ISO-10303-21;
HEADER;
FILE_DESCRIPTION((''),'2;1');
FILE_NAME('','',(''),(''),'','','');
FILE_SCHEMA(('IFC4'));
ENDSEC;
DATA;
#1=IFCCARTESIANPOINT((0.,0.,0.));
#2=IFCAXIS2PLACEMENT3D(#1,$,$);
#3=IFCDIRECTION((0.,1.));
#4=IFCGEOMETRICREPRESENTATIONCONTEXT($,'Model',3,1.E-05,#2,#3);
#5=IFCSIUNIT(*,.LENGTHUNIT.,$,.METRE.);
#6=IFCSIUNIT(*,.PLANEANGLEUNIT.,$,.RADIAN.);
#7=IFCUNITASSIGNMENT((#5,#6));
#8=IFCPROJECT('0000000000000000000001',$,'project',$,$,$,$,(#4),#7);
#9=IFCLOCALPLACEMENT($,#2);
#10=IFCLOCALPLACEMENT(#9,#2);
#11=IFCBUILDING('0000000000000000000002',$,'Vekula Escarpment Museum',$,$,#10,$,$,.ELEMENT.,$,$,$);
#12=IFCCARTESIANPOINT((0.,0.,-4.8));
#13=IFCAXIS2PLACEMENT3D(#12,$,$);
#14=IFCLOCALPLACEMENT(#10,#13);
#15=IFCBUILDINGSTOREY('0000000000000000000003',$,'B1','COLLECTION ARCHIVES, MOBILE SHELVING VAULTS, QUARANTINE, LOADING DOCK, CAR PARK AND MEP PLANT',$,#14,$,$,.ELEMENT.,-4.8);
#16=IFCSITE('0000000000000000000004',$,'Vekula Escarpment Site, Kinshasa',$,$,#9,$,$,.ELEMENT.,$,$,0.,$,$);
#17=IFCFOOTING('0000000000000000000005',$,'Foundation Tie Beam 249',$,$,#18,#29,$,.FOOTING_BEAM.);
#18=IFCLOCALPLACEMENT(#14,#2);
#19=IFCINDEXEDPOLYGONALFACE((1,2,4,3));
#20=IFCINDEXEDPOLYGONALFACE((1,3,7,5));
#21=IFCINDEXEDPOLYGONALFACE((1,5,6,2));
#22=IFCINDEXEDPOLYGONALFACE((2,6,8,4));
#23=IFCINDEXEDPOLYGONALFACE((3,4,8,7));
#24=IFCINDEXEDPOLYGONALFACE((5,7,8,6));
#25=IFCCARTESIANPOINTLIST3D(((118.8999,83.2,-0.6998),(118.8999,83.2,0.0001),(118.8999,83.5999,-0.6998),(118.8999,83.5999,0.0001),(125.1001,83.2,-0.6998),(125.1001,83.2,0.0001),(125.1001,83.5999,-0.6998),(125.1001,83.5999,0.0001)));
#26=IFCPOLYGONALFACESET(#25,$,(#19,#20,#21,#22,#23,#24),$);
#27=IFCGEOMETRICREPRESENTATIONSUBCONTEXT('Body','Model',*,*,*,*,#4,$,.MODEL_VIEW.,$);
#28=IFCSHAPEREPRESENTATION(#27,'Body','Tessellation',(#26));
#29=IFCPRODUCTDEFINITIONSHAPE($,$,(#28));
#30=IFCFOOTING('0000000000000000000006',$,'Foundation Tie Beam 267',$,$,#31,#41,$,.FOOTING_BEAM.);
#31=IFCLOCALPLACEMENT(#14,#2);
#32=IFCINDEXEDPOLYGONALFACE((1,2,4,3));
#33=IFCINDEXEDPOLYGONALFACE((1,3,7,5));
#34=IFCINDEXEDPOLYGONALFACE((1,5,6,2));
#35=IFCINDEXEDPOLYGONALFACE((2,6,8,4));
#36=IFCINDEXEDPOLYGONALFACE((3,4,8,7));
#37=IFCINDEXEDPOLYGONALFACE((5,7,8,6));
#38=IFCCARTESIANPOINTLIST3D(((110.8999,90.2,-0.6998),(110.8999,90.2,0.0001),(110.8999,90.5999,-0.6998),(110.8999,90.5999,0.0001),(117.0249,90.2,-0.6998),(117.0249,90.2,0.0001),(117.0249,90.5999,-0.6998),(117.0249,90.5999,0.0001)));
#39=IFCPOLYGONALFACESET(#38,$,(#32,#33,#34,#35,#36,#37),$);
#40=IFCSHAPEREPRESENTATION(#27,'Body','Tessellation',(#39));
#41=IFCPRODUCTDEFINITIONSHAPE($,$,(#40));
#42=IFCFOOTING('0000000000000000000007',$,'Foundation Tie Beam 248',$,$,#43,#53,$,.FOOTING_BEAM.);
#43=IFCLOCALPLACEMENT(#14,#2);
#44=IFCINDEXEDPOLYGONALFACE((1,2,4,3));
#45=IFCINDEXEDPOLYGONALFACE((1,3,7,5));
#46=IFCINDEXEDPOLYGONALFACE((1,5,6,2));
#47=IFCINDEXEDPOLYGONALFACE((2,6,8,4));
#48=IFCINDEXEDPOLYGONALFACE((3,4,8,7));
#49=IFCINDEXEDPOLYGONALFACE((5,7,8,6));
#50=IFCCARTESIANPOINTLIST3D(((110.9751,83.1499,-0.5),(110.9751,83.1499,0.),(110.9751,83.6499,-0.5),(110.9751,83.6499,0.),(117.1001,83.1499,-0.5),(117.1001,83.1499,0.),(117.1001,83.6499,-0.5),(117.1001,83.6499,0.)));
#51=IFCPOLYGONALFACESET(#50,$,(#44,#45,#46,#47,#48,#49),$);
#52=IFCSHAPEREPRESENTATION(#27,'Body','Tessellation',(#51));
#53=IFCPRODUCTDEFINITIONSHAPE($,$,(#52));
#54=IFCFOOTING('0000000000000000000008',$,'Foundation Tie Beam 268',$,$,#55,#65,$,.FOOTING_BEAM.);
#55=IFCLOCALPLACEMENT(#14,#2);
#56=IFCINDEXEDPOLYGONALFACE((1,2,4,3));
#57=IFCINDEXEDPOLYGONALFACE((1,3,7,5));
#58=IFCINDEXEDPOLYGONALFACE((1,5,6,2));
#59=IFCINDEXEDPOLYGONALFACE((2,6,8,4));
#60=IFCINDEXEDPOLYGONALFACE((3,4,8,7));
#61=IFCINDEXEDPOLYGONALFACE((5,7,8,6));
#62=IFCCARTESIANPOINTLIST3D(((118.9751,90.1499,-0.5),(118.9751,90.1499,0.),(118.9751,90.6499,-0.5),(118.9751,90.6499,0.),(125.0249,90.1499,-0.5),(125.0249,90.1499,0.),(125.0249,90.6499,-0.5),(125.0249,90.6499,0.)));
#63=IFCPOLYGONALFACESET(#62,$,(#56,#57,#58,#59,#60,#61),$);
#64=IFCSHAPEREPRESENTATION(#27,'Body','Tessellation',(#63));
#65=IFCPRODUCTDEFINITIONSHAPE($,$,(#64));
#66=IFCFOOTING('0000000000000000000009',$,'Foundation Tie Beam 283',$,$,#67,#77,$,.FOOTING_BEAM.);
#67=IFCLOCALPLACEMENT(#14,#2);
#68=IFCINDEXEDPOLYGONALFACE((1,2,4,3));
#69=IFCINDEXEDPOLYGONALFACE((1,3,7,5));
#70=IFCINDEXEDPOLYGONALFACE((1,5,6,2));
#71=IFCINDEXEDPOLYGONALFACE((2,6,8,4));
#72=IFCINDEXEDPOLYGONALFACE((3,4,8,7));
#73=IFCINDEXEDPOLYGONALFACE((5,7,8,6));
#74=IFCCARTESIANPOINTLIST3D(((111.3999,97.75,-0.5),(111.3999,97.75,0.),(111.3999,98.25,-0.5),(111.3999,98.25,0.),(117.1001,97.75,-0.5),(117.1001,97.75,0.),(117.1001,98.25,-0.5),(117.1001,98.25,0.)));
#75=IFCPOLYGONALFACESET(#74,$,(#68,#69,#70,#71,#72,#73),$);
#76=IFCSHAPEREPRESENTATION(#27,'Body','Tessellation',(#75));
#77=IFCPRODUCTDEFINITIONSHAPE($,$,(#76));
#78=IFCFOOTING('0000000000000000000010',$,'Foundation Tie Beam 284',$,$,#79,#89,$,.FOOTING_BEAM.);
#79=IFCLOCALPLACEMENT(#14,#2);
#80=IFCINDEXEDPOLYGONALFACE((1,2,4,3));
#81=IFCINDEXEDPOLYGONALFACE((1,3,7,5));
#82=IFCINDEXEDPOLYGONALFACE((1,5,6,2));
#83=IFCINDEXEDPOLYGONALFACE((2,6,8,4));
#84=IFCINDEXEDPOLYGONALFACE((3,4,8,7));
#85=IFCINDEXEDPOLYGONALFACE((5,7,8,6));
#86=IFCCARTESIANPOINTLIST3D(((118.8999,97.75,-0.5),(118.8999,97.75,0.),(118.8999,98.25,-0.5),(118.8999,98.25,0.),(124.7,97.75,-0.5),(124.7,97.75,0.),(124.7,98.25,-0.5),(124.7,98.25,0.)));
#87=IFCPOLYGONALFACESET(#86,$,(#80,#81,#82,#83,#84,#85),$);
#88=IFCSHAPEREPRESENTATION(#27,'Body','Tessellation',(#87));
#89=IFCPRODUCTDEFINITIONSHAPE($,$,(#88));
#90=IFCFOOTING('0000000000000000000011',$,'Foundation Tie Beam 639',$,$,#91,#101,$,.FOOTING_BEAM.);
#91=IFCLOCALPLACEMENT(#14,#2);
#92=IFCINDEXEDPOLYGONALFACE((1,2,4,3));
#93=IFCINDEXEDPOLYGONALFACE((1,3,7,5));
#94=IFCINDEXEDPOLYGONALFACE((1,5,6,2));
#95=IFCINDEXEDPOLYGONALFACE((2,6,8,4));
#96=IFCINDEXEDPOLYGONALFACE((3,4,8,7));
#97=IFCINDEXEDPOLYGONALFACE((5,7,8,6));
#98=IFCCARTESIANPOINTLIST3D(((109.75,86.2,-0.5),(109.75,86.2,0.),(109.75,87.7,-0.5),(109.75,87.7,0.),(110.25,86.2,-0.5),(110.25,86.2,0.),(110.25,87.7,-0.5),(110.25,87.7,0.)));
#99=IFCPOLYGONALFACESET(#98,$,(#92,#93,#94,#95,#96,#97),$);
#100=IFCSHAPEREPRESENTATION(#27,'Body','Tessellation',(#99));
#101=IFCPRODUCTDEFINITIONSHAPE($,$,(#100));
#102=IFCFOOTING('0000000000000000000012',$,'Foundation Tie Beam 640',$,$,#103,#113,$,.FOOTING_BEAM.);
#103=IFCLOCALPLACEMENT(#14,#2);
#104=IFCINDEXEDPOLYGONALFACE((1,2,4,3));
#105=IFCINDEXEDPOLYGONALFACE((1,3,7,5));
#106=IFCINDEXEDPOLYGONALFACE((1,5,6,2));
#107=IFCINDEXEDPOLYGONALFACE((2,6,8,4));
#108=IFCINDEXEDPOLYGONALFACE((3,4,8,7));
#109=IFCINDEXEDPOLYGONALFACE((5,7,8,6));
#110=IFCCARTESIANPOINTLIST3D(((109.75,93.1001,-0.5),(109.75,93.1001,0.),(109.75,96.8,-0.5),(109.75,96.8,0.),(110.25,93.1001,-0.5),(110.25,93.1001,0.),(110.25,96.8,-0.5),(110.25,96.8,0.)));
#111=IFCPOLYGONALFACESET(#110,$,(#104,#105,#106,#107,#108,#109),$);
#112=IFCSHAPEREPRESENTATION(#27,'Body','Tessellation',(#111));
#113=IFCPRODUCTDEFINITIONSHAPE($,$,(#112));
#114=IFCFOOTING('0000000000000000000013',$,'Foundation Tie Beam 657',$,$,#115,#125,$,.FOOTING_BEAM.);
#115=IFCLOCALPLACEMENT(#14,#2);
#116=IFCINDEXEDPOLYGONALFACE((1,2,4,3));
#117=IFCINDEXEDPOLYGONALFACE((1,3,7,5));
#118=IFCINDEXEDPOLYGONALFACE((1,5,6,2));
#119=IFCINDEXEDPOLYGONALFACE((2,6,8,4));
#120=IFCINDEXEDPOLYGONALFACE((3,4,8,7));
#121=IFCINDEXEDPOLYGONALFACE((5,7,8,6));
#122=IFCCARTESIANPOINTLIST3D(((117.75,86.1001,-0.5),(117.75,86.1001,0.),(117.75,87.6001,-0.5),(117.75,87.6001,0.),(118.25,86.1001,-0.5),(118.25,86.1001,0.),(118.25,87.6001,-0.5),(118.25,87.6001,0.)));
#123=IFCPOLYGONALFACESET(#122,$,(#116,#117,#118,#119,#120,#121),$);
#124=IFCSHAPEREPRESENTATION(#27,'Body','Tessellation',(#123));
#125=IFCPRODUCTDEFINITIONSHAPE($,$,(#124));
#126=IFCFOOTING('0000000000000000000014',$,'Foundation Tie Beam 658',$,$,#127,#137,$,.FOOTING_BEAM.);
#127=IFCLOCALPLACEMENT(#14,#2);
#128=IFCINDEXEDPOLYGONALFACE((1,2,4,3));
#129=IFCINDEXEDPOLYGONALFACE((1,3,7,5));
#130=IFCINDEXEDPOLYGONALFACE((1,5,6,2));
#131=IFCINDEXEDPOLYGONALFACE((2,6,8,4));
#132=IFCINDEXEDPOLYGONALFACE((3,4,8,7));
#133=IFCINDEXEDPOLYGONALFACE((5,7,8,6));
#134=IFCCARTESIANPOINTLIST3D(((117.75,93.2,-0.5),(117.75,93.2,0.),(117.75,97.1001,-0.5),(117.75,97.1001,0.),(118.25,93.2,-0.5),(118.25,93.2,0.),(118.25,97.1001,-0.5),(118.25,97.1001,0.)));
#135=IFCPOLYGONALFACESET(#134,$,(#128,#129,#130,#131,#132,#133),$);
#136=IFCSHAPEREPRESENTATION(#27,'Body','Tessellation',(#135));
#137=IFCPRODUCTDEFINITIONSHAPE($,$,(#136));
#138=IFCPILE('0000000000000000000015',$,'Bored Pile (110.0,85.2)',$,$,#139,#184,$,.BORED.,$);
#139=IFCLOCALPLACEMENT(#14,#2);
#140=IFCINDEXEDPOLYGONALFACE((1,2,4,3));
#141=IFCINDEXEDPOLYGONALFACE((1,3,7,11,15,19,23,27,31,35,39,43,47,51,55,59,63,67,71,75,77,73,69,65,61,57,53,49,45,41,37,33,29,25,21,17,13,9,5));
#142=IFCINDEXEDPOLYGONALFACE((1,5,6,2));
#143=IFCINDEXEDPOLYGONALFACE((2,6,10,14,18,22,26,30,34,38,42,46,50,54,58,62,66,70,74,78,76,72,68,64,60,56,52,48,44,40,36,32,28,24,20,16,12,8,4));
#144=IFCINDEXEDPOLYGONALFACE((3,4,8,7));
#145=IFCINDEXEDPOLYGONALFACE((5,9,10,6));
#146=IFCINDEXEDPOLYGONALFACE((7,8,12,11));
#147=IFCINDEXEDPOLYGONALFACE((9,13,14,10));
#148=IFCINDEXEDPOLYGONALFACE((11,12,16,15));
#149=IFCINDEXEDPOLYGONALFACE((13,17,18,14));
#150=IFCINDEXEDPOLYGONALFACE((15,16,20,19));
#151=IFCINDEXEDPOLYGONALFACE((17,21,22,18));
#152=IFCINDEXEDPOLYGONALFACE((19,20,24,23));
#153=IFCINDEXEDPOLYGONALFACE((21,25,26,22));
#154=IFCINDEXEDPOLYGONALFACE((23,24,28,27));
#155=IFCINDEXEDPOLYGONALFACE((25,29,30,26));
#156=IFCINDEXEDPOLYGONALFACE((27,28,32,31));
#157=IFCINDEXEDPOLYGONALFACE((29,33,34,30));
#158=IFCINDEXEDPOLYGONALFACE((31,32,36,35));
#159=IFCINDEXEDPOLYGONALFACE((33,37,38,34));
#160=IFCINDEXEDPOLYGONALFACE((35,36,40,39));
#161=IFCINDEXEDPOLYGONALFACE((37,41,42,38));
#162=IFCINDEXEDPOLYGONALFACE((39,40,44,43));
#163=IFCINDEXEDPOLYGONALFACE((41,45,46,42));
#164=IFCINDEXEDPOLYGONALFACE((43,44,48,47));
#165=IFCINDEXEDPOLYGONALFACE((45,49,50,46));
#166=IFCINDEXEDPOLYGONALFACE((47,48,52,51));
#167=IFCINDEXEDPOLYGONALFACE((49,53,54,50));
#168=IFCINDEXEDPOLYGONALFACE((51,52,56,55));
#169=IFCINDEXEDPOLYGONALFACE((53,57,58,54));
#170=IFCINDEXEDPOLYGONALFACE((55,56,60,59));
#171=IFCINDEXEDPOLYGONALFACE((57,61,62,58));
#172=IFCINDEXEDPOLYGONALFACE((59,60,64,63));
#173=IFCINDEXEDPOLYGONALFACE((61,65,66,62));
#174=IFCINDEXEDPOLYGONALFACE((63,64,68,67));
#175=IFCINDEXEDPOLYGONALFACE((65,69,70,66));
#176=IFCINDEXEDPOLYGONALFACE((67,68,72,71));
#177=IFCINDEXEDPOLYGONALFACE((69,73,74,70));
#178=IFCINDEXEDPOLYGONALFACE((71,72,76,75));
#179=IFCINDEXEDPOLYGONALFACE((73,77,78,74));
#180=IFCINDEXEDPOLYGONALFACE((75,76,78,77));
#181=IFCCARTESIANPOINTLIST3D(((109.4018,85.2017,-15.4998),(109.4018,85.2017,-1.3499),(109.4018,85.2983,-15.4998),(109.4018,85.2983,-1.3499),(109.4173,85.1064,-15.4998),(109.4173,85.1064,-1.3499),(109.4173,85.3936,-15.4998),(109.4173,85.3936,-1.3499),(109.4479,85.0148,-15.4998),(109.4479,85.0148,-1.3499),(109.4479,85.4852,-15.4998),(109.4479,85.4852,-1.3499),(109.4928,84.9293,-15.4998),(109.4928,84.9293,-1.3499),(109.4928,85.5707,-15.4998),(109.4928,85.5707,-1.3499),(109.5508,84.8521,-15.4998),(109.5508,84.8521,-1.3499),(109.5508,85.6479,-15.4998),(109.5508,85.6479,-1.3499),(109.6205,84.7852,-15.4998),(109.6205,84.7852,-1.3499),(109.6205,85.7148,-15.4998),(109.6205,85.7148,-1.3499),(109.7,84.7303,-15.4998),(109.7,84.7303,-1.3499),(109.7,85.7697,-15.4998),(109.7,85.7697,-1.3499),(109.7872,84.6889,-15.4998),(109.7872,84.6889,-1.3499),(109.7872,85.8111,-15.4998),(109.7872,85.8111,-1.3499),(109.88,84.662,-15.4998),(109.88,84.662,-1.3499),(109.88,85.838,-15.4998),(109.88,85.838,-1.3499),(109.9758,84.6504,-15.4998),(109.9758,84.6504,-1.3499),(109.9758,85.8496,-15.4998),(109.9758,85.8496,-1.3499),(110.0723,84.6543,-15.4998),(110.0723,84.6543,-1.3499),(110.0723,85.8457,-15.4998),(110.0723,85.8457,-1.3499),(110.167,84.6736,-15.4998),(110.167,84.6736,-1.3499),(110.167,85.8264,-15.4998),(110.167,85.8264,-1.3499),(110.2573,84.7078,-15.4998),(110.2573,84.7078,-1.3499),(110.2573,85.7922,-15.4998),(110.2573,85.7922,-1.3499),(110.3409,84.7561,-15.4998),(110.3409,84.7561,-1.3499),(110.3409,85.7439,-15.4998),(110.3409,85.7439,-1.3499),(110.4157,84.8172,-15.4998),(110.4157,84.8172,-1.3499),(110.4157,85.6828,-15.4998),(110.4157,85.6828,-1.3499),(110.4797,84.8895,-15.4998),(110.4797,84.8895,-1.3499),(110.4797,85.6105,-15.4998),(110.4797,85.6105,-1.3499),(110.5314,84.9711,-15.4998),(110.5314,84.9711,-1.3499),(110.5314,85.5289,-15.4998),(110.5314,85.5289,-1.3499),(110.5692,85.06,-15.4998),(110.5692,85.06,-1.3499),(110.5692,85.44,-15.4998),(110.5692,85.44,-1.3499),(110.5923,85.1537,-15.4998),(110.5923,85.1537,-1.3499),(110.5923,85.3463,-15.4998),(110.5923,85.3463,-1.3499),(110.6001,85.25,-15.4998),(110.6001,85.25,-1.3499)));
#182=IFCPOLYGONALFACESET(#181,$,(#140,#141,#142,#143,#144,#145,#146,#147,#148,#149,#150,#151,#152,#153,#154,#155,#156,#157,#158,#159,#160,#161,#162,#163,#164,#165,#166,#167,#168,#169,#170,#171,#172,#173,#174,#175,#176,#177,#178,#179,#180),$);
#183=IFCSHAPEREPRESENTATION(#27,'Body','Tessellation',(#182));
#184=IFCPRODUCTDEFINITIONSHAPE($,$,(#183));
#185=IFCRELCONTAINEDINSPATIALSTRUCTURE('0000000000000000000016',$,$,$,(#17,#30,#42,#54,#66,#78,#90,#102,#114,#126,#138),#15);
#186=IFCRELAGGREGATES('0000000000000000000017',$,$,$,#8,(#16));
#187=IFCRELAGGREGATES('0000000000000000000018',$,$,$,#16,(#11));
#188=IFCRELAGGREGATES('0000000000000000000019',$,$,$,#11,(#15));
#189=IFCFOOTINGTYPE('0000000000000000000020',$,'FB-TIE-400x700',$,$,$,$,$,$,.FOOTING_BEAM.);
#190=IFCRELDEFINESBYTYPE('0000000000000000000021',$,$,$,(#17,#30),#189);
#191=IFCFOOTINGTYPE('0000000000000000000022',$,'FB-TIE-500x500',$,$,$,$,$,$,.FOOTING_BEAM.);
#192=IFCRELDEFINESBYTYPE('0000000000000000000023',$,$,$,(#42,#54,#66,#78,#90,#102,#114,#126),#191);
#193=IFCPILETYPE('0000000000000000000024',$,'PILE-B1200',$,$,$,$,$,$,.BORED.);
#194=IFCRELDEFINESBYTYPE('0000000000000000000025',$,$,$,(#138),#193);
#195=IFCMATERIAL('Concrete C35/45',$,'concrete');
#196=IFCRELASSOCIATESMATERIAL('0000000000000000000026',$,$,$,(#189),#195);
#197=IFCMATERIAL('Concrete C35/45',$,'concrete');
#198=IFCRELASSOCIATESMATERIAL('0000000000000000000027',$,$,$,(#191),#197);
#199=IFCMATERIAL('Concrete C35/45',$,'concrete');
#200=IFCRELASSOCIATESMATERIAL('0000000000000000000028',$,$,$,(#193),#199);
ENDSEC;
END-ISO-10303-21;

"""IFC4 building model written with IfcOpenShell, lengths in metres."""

from ifc_helpers import new_model, si_unit, direction, frame, origin, origin_2d, place, context, subcontext, project, spatial, rectangle, circle, extrude, material, material_profile, profile_set, type_object, element, save


model = new_model("IFC4")

# Units and contexts
model_context = context("Model", 3, precision=1e-05, world=origin(), true_north=direction((0.0, 1.0)))
body_context = subcontext(model_context, "Body", "Model", "MODEL_VIEW")
ifc_project = project(units=[si_unit("LENGTHUNIT", "METRE"), si_unit("PLANEANGLEUNIT", "RADIAN")], contexts=[model_context])

# Site, building, storey
site_placement = place(None, origin())
site = spatial("IfcSite", under=ifc_project, at=site_placement, Name="Vekula Escarpment Site, Kinshasa", CompositionType="ELEMENT", RefElevation=0.0)
building_placement = place(site_placement, origin())
building = spatial("IfcBuilding", under=site, at=building_placement, Name="Vekula Escarpment Museum", CompositionType="ELEMENT")
storey_placement = place(building_placement, frame((0.0, 0.0, -4.8)))
storey = spatial("IfcBuildingStorey", under=building, at=storey_placement, Name="B1", Description="COLLECTION ARCHIVES, MOBILE SHELVING VAULTS, QUARANTINE, LOADING DOCK, CAR PARK AND MEP PLANT", CompositionType="ELEMENT", Elevation=-4.8)

# Footings
ifc_material_1 = material(Name="Concrete C35/45", Category="concrete")
ifc_material_profile_1 = material_profile(ifc_material_1, rectangle(XDim=0.3999, YDim=0.7, at=origin_2d()), Name="RC 400x700")
ifc_profile_set_1 = profile_set([ifc_material_profile_1], Name="Concrete C35/45")
footing_type_1 = type_object("IfcFootingType", Name="FB-TIE-400x700", PredefinedType="FOOTING_BEAM", material=ifc_profile_set_1)
footing_1_placement = place(storey_placement, frame((118.8999, 83.3999, -0.3499), z_axis=(1.0, 0.0, 0.0), x_axis=(0.0, 1.0, 0.0)))
element("IfcFooting", 1, at=footing_1_placement, inside=storey, type_object=footing_type_1, Name="Foundation Tie Beam 249", PredefinedType="FOOTING_BEAM", context=body_context, shape_type="SweptSolid", body=[
    extrude(rectangle(XDim=0.3999, YDim=0.7, at=origin_2d()), origin(), (0.0, 0.0, 1.0), 6.2002),
])
footing_2_placement = place(storey_placement, frame((110.8999, 90.3999, -0.3499), z_axis=(1.0, 0.0, 0.0), x_axis=(0.0, 1.0, 0.0)))
element("IfcFooting", 2, at=footing_2_placement, inside=storey, type_object=footing_type_1, Name="Foundation Tie Beam 267", PredefinedType="FOOTING_BEAM", context=body_context, shape_type="SweptSolid", body=[
    extrude(rectangle(XDim=0.3999, YDim=0.7, at=origin_2d()), origin(), (0.0, 0.0, 1.0), 6.125),
])
ifc_material_2 = material(Name="Concrete C35/45", Category="concrete")
ifc_material_profile_2 = material_profile(ifc_material_2, rectangle(XDim=0.5, YDim=0.5, at=origin_2d()), Name="RC 500x500")
ifc_profile_set_2 = profile_set([ifc_material_profile_2], Name="Concrete C35/45")
footing_type_2 = type_object("IfcFootingType", Name="FB-TIE-500x500", PredefinedType="FOOTING_BEAM", material=ifc_profile_set_2)
footing_3_placement = place(storey_placement, frame((110.9751, 83.3999, -0.25), z_axis=(1.0, 0.0, 0.0), x_axis=(0.0, 1.0, 0.0)))
element("IfcFooting", 3, at=footing_3_placement, inside=storey, type_object=footing_type_2, Name="Foundation Tie Beam 248", PredefinedType="FOOTING_BEAM", context=body_context, shape_type="SweptSolid", body=[
    extrude(rectangle(XDim=0.5, YDim=0.5, at=origin_2d()), origin(), (0.0, 0.0, 1.0), 6.125),
])
footing_4_placement = place(storey_placement, frame((118.9751, 90.3999, -0.25), z_axis=(1.0, 0.0, 0.0), x_axis=(0.0, 1.0, 0.0)))
element("IfcFooting", 4, at=footing_4_placement, inside=storey, type_object=footing_type_2, Name="Foundation Tie Beam 268", PredefinedType="FOOTING_BEAM", context=body_context, shape_type="SweptSolid", body=[
    extrude(rectangle(XDim=0.5, YDim=0.5, at=origin_2d()), origin(), (0.0, 0.0, 1.0), 6.0498),
])
footing_5_placement = place(storey_placement, frame((111.3999, 98.0, -0.25), z_axis=(1.0, 0.0, 0.0), x_axis=(0.0, 1.0, 0.0)))
element("IfcFooting", 5, at=footing_5_placement, inside=storey, type_object=footing_type_2, Name="Foundation Tie Beam 283", PredefinedType="FOOTING_BEAM", context=body_context, shape_type="SweptSolid", body=[
    extrude(rectangle(XDim=0.5, YDim=0.5, at=origin_2d()), origin(), (0.0, 0.0, 1.0), 5.7002),
])
footing_6_placement = place(storey_placement, frame((118.8999, 98.0, -0.25), z_axis=(1.0, 0.0, 0.0), x_axis=(0.0, 1.0, 0.0)))
element("IfcFooting", 6, at=footing_6_placement, inside=storey, type_object=footing_type_2, Name="Foundation Tie Beam 284", PredefinedType="FOOTING_BEAM", context=body_context, shape_type="SweptSolid", body=[
    extrude(rectangle(XDim=0.5, YDim=0.5, at=origin_2d()), origin(), (0.0, 0.0, 1.0), 5.8),
])
footing_7_placement = place(storey_placement, frame((110.0, 86.2, -0.25), z_axis=(0.0, 1.0, 0.0), x_axis=(-1.0, 0.0, 0.0)))
element("IfcFooting", 7, at=footing_7_placement, inside=storey, type_object=footing_type_2, Name="Foundation Tie Beam 639", PredefinedType="FOOTING_BEAM", context=body_context, shape_type="SweptSolid", body=[
    extrude(rectangle(XDim=0.5, YDim=0.5, at=origin_2d()), origin(), (0.0, 0.0, 1.0), 1.5),
])
footing_8_placement = place(storey_placement, frame((110.0, 93.1001, -0.25), z_axis=(0.0, 1.0, 0.0), x_axis=(-1.0, 0.0, 0.0)))
element("IfcFooting", 8, at=footing_8_placement, inside=storey, type_object=footing_type_2, Name="Foundation Tie Beam 640", PredefinedType="FOOTING_BEAM", context=body_context, shape_type="SweptSolid", body=[
    extrude(rectangle(XDim=0.5, YDim=0.5, at=origin_2d()), origin(), (0.0, 0.0, 1.0), 3.7),
])
footing_9_placement = place(storey_placement, frame((118.0, 86.1001, -0.25), z_axis=(0.0, 1.0, 0.0), x_axis=(-1.0, 0.0, 0.0)))
element("IfcFooting", 9, at=footing_9_placement, inside=storey, type_object=footing_type_2, Name="Foundation Tie Beam 657", PredefinedType="FOOTING_BEAM", context=body_context, shape_type="SweptSolid", body=[
    extrude(rectangle(XDim=0.5, YDim=0.5, at=origin_2d()), origin(), (0.0, 0.0, 1.0), 1.5),
])
footing_10_placement = place(storey_placement, frame((118.0, 93.2, -0.25), z_axis=(0.0, 1.0, 0.0), x_axis=(-1.0, 0.0, 0.0)))
element("IfcFooting", 10, at=footing_10_placement, inside=storey, type_object=footing_type_2, Name="Foundation Tie Beam 658", PredefinedType="FOOTING_BEAM", context=body_context, shape_type="SweptSolid", body=[
    extrude(rectangle(XDim=0.5, YDim=0.5, at=origin_2d()), origin(), (0.0, 0.0, 1.0), 3.9001),
])

# Pile
ifc_material_3 = material(Name="Concrete C35/45", Category="concrete")
ifc_material_profile_3 = material_profile(ifc_material_3, circle(Radius=0.6001, at=origin_2d()), Name="BORED PILE 1200")
ifc_profile_set_3 = profile_set([ifc_material_profile_3], Name="Concrete C35/45")
pile_type = type_object("IfcPileType", Name="PILE-B1200", PredefinedType="BORED", material=ifc_profile_set_3)
pile_placement = place(storey_placement, frame((110.0, 85.25, -1.3499), z_axis=(0.0, 0.0, -1.0), x_axis=(1.0, 0.0, 0.0)))
element("IfcPile", 11, at=pile_placement, inside=storey, type_object=pile_type, Name="Bored Pile (110.0,85.2)", PredefinedType="BORED", context=body_context, shape_type="SweptSolid", body=[
    extrude(circle(Radius=0.6001, at=origin_2d()), origin(), (0.0, 0.0, 1.0), 14.1499),
])

save(model, "model.ifc")
